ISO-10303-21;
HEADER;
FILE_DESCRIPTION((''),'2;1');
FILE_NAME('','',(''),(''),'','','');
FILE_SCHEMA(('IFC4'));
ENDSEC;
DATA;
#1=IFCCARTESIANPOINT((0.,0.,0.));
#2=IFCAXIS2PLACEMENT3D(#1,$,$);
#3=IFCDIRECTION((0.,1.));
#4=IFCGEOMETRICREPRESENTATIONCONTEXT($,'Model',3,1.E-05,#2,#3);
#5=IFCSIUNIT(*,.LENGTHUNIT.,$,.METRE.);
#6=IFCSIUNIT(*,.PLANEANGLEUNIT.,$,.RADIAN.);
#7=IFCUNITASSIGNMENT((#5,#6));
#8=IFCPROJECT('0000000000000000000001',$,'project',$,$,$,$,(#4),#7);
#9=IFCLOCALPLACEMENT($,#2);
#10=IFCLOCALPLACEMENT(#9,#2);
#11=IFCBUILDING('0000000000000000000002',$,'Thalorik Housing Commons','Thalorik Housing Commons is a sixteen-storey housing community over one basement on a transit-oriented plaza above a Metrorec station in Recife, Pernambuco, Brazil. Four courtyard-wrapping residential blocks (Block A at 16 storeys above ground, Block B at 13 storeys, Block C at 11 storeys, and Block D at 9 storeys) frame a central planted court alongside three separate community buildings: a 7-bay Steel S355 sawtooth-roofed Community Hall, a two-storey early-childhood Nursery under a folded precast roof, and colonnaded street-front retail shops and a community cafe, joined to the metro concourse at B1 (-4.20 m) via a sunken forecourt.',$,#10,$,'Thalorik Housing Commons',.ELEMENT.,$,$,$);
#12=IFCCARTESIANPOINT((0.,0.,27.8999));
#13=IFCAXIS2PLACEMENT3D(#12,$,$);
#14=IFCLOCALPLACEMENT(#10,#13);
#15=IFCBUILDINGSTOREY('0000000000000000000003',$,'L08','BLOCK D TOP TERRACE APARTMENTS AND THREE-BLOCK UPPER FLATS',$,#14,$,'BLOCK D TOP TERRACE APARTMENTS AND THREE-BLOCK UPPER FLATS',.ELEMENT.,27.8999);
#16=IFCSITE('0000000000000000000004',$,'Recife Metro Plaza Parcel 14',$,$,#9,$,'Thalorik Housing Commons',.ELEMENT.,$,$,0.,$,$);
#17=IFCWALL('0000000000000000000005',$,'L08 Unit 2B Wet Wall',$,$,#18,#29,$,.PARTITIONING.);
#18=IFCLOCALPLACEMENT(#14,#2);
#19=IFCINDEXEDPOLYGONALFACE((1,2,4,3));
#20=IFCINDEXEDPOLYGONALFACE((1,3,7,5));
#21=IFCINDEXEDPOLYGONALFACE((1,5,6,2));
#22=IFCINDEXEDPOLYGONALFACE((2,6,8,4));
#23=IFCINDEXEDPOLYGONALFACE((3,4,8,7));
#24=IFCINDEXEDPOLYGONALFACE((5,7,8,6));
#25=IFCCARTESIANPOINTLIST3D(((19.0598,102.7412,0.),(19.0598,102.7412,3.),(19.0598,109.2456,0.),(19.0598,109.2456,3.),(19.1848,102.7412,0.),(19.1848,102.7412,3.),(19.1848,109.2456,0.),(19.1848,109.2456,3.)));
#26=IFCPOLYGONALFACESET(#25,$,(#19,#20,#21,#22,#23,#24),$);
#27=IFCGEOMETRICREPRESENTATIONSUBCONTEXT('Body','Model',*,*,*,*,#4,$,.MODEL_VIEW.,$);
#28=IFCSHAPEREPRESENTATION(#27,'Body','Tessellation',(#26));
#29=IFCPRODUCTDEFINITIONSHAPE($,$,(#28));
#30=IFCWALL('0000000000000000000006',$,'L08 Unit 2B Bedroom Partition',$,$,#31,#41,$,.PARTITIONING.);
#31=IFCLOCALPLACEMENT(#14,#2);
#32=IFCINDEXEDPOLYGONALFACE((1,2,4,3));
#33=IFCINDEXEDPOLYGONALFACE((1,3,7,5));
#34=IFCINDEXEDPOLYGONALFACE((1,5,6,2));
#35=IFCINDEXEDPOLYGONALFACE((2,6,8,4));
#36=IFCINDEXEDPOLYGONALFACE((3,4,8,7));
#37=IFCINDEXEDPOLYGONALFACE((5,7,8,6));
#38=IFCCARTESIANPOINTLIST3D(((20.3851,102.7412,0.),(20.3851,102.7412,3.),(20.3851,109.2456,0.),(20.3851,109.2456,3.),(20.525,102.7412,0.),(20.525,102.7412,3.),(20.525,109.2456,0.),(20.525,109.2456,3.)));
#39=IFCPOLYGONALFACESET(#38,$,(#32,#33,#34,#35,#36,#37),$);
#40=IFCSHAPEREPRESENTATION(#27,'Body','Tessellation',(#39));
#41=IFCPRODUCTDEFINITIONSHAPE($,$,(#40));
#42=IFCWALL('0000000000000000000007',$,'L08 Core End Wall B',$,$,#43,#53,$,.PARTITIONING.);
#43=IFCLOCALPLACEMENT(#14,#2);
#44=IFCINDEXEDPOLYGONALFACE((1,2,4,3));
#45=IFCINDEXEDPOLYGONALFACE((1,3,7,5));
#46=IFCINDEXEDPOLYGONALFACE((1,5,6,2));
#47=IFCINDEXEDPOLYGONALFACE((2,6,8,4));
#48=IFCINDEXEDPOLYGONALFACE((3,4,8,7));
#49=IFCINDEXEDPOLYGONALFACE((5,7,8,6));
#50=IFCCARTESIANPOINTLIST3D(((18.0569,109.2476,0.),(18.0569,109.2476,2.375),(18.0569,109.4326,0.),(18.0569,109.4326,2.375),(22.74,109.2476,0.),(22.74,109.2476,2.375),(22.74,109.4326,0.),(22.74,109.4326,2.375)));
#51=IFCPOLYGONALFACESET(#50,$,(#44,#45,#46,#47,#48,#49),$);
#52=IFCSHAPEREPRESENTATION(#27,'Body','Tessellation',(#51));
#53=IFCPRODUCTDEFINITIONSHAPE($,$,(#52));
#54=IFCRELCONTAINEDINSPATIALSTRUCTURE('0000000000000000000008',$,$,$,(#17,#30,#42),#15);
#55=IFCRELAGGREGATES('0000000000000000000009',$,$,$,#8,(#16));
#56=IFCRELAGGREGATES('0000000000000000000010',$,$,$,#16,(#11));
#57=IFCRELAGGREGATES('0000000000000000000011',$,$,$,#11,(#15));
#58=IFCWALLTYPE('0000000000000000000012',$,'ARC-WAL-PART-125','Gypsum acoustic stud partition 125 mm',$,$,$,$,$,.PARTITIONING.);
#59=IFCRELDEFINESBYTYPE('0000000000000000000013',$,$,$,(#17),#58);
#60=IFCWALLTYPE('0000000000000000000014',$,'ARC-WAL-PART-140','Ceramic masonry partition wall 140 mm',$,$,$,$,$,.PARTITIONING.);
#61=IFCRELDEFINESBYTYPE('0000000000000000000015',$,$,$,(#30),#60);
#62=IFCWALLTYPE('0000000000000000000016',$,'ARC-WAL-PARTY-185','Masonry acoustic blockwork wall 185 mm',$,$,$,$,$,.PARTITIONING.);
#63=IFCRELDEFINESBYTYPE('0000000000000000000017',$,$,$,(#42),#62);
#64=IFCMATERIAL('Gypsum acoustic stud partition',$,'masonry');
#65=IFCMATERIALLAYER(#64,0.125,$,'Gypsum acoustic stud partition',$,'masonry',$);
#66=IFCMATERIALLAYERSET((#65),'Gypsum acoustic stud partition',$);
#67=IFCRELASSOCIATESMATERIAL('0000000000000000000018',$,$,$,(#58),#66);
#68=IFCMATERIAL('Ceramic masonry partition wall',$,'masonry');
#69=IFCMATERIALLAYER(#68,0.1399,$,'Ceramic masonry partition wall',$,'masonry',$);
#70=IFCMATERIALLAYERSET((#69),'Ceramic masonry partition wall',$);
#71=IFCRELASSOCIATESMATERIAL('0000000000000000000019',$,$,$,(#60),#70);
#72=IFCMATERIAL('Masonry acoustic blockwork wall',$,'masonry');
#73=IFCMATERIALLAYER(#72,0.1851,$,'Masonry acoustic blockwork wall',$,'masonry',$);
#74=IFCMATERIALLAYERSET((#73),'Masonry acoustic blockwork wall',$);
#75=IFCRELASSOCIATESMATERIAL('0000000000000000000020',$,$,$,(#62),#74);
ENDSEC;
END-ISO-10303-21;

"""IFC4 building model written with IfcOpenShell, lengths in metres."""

from ifc_helpers import new_model, si_unit, direction, frame, frame_2d, origin, place, context, subcontext, project, spatial, rectangle, extrude, material, layer, layer_set, type_object, element, save


model = new_model("IFC4")

# Units and contexts
model_context = context("Model", 3, precision=1e-05, world=origin(), true_north=direction((0.0, 1.0)))
body_context = subcontext(model_context, "Body", "Model", "MODEL_VIEW")
ifc_project = project(units=[si_unit("LENGTHUNIT", "METRE"), si_unit("PLANEANGLEUNIT", "RADIAN")], contexts=[model_context])

# Site, building, storey
site_placement = place(None, origin())
site = spatial("IfcSite", under=ifc_project, at=site_placement, Name="Recife Metro Plaza Parcel 14", LongName="Thalorik Housing Commons", CompositionType="ELEMENT", RefElevation=0.0)
building_placement = place(site_placement, origin())
building = spatial("IfcBuilding", under=site, at=building_placement, Name="Thalorik Housing Commons", Description="Thalorik Housing Commons is a sixteen-storey housing community over one basement on a transit-oriented plaza above a Metrorec station in Recife, Pernambuco, Brazil. Four courtyard-wrapping residential blocks (Block A at 16 storeys above ground, Block B at 13 storeys, Block C at 11 storeys, and Block D at 9 storeys) frame a central planted court alongside three separate community buildings: a 7-bay Steel S355 sawtooth-roofed Community Hall, a two-storey early-childhood Nursery under a folded precast roof, and colonnaded street-front retail shops and a community cafe, joined to the metro concourse at B1 (-4.20 m) via a sunken forecourt.", LongName="Thalorik Housing Commons", CompositionType="ELEMENT")
storey_placement = place(building_placement, frame((0.0, 0.0, 27.8999)))
storey = spatial("IfcBuildingStorey", under=building, at=storey_placement, Name="L08", Description="BLOCK D TOP TERRACE APARTMENTS AND THREE-BLOCK UPPER FLATS", LongName="BLOCK D TOP TERRACE APARTMENTS AND THREE-BLOCK UPPER FLATS", CompositionType="ELEMENT", Elevation=27.8999)

# Walls
ifc_material_1 = material(Name="Gypsum acoustic stud partition", Category="masonry")
ifc_layer_1 = layer(ifc_material_1, 0.125, Name="Gypsum acoustic stud partition", Category="masonry")
ifc_layer_set_1 = layer_set([ifc_layer_1], Name="Gypsum acoustic stud partition")
wall_type_1 = type_object("IfcWallType", Name="ARC-WAL-PART-125", Description="Gypsum acoustic stud partition 125 mm", PredefinedType="PARTITIONING", material=ifc_layer_set_1)
wall_1_placement = place(storey_placement, frame((19.1223, 102.7412, 0.0), z_axis=(0.0, 0.0, 1.0), x_axis=(0.0, 1.0, 0.0)))
element("IfcWall", 1, at=wall_1_placement, inside=storey, type_object=wall_type_1, Name="L08 Unit 2B Wet Wall", PredefinedType="PARTITIONING", context=body_context, shape_type="SweptSolid", body=[
    extrude(rectangle(XDim=6.5044, YDim=0.125, at=frame_2d((3.2522, 0.0))), origin(), (0.0, 0.0, 1.0), 3.0),
])
ifc_material_2 = material(Name="Ceramic masonry partition wall", Category="masonry")
ifc_layer_2 = layer(ifc_material_2, 0.1399, Name="Ceramic masonry partition wall", Category="masonry")
ifc_layer_set_2 = layer_set([ifc_layer_2], Name="Ceramic masonry partition wall")
wall_type_2 = type_object("IfcWallType", Name="ARC-WAL-PART-140", Description="Ceramic masonry partition wall 140 mm", PredefinedType="PARTITIONING", material=ifc_layer_set_2)
wall_2_placement = place(storey_placement, frame((20.4551, 102.7412, 0.0), z_axis=(0.0, 0.0, 1.0), x_axis=(0.0, 1.0, 0.0)))
element("IfcWall", 2, at=wall_2_placement, inside=storey, type_object=wall_type_2, Name="L08 Unit 2B Bedroom Partition", PredefinedType="PARTITIONING", context=body_context, shape_type="SweptSolid", body=[
    extrude(rectangle(XDim=6.5044, YDim=0.1399, at=frame_2d((3.2522, 0.0))), origin(), (0.0, 0.0, 1.0), 3.0),
])
ifc_material_3 = material(Name="Masonry acoustic blockwork wall", Category="masonry")
ifc_layer_3 = layer(ifc_material_3, 0.1851, Name="Masonry acoustic blockwork wall", Category="masonry")
ifc_layer_set_3 = layer_set([ifc_layer_3], Name="Masonry acoustic blockwork wall")
wall_type_3 = type_object("IfcWallType", Name="ARC-WAL-PARTY-185", Description="Masonry acoustic blockwork wall 185 mm", PredefinedType="PARTITIONING", material=ifc_layer_set_3)
wall_3_placement = place(storey_placement, frame((18.0569, 109.3401, 0.0), z_axis=(0.0, 0.0, 1.0), x_axis=(1.0, 0.0, 0.0)))
element("IfcWall", 3, at=wall_3_placement, inside=storey, type_object=wall_type_3, Name="L08 Core End Wall B", PredefinedType="PARTITIONING", context=body_context, shape_type="SweptSolid", body=[
    extrude(rectangle(XDim=4.6831, YDim=0.1851, at=frame_2d((2.3416, 0.0))), origin(), (0.0, 0.0, 1.0), 2.375),
])

save(model, "model.ifc")
